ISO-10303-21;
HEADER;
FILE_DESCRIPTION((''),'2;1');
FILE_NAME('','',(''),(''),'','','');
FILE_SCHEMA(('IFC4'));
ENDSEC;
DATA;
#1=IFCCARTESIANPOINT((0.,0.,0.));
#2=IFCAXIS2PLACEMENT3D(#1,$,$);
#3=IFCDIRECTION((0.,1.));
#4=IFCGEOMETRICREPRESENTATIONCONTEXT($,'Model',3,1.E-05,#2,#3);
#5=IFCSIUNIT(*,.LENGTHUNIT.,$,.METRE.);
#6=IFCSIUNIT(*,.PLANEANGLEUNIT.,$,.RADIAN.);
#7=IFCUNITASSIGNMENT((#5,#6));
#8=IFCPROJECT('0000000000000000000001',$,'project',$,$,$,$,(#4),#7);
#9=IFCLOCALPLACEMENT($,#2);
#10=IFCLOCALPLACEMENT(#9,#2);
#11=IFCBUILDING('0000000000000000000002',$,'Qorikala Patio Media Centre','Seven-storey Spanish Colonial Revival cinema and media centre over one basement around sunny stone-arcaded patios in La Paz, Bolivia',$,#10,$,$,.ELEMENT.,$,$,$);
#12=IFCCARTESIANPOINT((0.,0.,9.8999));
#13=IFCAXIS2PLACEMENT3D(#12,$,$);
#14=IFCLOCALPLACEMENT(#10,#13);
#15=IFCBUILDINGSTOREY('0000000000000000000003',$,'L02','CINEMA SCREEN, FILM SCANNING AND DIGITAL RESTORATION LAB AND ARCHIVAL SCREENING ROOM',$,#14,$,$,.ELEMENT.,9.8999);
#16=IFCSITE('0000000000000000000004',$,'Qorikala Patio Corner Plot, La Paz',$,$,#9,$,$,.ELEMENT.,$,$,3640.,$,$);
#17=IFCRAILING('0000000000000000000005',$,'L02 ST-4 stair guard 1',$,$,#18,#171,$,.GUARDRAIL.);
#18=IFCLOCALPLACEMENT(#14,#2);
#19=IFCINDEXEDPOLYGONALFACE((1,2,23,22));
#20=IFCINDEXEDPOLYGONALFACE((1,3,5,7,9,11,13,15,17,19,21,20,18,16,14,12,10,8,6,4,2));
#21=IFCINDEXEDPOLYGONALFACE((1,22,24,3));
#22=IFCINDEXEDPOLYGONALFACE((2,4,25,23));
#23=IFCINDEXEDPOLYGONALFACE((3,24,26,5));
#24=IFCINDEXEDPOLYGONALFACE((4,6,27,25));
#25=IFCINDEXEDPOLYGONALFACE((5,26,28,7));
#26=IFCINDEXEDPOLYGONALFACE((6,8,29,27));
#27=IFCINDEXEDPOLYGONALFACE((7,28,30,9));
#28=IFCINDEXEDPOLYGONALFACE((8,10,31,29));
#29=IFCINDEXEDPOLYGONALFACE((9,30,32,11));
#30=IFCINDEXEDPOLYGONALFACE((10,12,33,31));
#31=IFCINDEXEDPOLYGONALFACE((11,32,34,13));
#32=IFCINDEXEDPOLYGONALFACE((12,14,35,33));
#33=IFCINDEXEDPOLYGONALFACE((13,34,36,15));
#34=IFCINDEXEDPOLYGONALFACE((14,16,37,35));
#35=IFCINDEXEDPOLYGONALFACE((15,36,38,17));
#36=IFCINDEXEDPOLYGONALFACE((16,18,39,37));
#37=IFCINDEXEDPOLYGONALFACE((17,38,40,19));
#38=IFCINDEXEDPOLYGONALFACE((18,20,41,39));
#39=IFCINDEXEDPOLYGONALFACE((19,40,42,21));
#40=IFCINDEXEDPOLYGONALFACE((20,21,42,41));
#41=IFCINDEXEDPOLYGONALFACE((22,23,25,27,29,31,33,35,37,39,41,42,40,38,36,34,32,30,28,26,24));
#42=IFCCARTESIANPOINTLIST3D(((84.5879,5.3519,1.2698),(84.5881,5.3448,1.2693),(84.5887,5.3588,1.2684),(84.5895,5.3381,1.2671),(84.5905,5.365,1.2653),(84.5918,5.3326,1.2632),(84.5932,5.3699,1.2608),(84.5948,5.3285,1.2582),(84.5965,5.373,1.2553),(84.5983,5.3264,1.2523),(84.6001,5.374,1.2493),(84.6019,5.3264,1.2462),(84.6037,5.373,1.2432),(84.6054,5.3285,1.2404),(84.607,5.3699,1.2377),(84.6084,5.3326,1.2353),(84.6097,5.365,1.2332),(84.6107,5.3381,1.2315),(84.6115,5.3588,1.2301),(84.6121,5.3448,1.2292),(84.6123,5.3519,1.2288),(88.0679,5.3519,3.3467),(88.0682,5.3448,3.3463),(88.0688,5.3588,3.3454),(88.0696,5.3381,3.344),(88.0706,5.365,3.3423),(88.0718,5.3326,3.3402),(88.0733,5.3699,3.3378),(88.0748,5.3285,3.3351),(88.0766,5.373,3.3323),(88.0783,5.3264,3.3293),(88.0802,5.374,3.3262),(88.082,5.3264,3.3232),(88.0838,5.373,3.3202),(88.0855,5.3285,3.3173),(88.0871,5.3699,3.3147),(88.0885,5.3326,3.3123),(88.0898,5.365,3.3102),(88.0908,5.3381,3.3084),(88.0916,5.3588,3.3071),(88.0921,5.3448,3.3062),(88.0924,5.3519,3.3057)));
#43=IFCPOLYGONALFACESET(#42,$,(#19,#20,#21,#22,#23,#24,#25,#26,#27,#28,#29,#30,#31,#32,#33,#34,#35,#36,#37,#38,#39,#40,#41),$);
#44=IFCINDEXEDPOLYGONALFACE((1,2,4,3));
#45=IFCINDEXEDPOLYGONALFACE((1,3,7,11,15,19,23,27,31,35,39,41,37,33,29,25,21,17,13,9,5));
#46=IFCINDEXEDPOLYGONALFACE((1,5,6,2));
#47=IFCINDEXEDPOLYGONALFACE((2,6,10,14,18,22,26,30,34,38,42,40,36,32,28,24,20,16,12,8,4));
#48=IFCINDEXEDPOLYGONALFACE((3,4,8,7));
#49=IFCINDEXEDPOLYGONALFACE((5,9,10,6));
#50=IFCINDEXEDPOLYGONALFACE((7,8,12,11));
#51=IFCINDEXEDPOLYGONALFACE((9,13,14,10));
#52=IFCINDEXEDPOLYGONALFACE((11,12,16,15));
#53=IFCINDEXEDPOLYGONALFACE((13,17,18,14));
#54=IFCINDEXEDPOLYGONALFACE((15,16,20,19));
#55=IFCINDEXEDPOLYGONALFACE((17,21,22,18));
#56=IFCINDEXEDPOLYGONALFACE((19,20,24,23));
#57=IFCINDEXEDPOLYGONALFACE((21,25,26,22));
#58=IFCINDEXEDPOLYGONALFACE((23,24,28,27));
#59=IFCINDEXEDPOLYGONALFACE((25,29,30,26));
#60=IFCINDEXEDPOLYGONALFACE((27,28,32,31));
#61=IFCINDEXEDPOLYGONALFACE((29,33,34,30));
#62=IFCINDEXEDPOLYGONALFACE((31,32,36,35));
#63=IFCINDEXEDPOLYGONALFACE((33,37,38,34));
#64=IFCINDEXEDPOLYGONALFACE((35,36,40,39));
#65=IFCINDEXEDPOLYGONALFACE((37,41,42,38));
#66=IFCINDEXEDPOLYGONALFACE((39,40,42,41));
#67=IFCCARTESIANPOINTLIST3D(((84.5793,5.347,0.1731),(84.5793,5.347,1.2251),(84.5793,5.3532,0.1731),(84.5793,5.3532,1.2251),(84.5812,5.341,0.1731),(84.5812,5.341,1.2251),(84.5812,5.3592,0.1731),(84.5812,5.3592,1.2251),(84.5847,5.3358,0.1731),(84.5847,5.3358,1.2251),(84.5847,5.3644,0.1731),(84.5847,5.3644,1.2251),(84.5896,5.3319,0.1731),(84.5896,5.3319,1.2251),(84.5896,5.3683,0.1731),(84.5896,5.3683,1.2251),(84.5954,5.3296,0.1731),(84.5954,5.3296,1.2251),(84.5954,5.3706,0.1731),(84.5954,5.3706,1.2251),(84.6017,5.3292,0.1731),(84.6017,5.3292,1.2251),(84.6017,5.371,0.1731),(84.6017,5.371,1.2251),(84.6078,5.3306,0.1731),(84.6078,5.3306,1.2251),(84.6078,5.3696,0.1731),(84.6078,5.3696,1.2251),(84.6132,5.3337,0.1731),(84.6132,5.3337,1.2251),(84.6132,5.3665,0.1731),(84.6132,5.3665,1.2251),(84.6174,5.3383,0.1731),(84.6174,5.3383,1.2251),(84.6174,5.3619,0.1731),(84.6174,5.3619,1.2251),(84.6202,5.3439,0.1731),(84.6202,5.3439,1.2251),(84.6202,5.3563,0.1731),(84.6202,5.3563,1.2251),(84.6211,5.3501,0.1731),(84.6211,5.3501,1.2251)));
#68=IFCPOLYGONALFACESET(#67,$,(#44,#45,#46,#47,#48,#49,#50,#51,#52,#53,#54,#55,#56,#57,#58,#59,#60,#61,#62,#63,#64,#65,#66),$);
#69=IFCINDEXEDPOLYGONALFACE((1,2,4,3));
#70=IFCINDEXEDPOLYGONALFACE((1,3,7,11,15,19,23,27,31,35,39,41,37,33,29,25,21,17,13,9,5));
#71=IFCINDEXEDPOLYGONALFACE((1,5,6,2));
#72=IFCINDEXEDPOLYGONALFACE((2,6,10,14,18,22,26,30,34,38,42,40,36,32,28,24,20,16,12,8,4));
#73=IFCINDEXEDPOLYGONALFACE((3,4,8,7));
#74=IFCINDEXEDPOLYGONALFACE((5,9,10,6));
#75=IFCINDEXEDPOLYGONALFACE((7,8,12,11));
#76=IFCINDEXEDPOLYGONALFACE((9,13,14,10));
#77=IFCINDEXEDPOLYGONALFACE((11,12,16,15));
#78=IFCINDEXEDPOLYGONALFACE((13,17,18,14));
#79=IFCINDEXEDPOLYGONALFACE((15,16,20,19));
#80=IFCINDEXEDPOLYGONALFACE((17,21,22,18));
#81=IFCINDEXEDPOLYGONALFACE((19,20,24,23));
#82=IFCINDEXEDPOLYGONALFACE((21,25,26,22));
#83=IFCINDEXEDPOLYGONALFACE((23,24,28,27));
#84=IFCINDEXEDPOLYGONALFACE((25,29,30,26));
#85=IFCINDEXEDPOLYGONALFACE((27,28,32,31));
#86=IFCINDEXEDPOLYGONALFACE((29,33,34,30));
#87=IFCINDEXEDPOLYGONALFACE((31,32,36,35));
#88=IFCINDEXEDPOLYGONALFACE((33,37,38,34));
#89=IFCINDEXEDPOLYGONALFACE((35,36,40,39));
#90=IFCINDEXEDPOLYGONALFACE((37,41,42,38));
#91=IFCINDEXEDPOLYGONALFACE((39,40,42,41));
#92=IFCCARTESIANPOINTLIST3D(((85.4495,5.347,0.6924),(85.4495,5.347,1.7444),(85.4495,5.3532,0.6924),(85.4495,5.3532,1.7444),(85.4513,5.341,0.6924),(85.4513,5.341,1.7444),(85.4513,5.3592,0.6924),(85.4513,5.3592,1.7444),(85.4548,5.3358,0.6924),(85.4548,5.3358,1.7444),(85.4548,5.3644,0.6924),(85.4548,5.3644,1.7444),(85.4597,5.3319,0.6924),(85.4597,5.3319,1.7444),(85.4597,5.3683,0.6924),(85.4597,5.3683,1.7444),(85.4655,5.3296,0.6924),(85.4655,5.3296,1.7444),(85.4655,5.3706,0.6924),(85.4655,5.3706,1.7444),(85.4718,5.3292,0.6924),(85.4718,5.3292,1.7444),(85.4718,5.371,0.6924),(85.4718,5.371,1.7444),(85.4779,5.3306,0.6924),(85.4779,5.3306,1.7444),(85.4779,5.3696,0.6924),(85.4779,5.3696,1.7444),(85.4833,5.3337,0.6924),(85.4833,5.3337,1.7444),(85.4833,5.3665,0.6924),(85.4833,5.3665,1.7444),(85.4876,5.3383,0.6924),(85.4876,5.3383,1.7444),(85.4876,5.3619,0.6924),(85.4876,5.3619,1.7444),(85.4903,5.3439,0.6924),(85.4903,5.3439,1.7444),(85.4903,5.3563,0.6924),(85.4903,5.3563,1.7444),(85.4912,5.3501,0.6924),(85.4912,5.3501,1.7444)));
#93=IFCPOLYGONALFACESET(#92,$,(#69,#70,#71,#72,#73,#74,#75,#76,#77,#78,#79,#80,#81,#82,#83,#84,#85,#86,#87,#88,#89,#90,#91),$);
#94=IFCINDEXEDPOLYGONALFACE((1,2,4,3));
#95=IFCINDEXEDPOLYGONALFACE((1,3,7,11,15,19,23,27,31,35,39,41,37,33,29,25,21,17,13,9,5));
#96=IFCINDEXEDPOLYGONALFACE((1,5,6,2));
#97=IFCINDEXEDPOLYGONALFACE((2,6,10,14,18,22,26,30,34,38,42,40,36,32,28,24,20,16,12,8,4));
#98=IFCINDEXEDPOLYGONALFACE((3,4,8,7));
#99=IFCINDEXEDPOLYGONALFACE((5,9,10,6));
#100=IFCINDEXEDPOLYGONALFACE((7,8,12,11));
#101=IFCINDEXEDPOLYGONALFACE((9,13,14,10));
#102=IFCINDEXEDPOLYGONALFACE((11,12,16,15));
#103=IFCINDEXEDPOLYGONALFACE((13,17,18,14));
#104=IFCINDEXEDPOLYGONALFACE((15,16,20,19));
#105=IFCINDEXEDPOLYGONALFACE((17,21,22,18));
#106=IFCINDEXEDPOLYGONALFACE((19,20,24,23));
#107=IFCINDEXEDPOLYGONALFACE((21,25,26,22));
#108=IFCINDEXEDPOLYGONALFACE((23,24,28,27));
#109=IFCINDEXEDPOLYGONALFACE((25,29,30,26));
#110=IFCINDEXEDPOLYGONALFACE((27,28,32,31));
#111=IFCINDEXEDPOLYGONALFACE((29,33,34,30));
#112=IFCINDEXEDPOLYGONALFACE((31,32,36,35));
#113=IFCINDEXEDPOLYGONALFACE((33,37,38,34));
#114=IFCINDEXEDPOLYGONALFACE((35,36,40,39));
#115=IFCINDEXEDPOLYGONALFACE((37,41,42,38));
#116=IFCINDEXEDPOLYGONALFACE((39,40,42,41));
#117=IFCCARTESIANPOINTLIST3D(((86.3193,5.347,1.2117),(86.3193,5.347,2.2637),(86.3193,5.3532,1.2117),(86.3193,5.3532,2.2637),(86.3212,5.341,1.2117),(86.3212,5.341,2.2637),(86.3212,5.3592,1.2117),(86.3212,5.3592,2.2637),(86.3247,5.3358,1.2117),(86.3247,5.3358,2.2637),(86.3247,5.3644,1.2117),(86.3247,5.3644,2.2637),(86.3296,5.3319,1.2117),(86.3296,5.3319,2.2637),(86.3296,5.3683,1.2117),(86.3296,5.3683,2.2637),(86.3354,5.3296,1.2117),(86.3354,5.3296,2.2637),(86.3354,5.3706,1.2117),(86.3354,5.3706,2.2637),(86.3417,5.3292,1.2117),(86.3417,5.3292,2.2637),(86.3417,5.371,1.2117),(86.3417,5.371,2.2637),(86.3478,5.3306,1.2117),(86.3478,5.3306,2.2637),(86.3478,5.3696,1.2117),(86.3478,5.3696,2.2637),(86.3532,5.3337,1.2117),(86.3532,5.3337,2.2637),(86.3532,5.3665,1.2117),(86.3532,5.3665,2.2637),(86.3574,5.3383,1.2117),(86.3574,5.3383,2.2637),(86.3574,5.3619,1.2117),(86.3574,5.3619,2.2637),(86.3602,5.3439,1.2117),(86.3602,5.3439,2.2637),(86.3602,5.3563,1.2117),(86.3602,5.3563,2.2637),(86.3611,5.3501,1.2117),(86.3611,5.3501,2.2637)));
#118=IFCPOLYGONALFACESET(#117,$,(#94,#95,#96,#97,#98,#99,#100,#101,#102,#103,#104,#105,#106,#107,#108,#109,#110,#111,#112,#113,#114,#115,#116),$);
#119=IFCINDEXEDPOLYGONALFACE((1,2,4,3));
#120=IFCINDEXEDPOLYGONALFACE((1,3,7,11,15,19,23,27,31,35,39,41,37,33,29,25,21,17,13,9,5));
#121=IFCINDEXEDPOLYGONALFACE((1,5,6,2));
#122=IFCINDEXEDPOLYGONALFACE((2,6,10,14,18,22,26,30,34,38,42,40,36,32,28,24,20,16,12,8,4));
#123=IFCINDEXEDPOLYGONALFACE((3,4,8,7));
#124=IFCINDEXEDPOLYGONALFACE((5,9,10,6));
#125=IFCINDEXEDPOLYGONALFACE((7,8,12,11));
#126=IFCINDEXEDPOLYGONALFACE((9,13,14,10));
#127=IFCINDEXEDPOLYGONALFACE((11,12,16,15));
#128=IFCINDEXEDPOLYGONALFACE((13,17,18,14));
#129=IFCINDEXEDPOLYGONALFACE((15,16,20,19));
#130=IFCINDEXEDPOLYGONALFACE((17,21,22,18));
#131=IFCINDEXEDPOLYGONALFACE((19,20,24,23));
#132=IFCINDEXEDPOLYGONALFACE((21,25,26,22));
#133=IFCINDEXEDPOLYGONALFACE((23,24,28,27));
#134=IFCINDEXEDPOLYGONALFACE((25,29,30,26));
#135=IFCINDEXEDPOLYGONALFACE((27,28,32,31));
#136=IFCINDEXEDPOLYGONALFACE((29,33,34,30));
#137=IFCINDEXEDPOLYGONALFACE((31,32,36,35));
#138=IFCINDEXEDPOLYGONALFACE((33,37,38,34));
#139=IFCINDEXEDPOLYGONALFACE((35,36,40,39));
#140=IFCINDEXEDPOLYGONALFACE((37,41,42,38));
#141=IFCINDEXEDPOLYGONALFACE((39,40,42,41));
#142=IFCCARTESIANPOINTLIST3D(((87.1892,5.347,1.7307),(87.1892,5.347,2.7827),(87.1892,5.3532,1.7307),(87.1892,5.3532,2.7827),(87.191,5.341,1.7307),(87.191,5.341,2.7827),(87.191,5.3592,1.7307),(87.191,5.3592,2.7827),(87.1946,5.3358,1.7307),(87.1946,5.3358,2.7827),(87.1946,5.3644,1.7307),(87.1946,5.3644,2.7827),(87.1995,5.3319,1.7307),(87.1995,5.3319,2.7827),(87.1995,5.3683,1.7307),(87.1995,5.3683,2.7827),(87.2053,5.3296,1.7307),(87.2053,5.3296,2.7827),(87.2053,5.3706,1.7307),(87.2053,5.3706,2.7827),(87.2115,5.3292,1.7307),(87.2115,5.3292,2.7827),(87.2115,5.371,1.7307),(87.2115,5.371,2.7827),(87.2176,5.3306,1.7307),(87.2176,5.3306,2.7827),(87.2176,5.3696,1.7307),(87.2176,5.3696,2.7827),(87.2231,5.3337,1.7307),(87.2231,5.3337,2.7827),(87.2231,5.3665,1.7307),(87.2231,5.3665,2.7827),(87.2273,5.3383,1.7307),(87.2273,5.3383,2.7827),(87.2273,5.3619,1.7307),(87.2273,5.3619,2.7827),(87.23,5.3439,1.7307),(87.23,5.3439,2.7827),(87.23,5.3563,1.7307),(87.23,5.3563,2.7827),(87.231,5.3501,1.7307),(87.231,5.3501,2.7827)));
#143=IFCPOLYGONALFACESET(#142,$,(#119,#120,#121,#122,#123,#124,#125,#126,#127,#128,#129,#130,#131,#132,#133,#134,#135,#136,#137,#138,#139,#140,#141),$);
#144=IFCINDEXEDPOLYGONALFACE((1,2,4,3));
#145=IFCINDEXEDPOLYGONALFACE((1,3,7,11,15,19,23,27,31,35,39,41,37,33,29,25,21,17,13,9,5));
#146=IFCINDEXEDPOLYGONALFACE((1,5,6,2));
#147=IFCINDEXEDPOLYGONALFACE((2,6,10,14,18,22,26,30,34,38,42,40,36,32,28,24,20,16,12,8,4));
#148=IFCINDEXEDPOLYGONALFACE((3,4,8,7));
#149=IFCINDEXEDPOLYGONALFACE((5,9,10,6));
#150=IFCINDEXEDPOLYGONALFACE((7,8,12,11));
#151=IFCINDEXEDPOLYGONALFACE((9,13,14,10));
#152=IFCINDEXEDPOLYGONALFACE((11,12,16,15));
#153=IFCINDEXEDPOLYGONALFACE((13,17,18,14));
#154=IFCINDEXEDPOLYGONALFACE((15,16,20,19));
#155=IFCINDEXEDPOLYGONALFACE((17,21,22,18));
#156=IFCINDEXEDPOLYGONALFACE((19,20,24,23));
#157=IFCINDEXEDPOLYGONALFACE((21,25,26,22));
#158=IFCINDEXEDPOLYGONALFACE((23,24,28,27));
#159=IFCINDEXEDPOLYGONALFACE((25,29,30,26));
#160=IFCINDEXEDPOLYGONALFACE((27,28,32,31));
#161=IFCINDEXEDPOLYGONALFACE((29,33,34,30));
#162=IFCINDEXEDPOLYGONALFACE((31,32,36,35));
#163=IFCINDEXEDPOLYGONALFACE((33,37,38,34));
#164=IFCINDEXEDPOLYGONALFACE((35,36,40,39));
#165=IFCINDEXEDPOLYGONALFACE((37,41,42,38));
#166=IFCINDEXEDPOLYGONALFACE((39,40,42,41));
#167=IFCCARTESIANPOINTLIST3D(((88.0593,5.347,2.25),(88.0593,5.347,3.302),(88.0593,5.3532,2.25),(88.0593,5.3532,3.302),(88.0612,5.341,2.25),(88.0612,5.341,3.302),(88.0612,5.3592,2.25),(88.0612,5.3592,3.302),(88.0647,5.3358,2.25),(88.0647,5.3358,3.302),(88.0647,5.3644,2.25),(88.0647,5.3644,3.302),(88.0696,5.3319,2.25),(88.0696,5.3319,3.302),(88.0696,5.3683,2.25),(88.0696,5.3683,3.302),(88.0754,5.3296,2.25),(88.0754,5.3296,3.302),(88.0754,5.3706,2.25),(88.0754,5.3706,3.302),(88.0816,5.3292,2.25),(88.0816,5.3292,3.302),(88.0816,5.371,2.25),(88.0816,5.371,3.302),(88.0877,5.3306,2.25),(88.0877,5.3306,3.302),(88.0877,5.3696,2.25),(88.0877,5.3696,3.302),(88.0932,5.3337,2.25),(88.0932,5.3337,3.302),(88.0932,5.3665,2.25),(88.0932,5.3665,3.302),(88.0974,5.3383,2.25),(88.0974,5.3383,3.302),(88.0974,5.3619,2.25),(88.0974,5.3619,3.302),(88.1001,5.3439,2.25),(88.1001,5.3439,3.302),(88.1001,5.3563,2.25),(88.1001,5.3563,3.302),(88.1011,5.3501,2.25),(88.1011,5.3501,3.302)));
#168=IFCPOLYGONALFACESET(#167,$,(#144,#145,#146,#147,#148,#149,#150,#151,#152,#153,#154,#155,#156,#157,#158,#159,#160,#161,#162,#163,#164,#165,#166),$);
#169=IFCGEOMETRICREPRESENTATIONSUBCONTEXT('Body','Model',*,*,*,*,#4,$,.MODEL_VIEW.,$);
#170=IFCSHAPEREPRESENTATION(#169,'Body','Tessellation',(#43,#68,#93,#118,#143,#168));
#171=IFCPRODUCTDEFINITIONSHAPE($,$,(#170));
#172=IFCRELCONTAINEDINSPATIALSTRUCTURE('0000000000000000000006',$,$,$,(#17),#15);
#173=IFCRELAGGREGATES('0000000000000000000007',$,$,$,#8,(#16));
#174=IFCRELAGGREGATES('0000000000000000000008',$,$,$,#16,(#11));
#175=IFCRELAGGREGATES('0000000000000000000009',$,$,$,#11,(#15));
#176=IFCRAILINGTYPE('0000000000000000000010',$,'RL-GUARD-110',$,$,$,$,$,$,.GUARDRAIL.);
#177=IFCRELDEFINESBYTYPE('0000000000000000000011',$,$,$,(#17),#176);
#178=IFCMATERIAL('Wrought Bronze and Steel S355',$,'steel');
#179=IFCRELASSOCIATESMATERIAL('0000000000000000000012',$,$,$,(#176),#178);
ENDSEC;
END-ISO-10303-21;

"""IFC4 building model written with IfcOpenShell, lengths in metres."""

from ifc_helpers import new_model, si_unit, direction, frame, origin, origin_2d, place, context, subcontext, project, spatial, circle, extrude, material, type_object, element, save


model = new_model("IFC4")

# Units and contexts
model_context = context("Model", 3, precision=1e-05, world=origin(), true_north=direction((0.0, 1.0)))
body_context = subcontext(model_context, "Body", "Model", "MODEL_VIEW")
ifc_project = project(units=[si_unit("LENGTHUNIT", "METRE"), si_unit("PLANEANGLEUNIT", "RADIAN")], contexts=[model_context])

# Site, building, storey
site_placement = place(None, origin())
site = spatial("IfcSite", under=ifc_project, at=site_placement, Name="Qorikala Patio Corner Plot, La Paz", CompositionType="ELEMENT", RefElevation=3640.0)
building_placement = place(site_placement, origin())
building = spatial("IfcBuilding", under=site, at=building_placement, Name="Qorikala Patio Media Centre", Description="Seven-storey Spanish Colonial Revival cinema and media centre over one basement around sunny stone-arcaded patios in La Paz, Bolivia", CompositionType="ELEMENT")
storey_placement = place(building_placement, frame((0.0, 0.0, 9.8999)))
storey = spatial("IfcBuildingStorey", under=building, at=storey_placement, Name="L02", Description="CINEMA SCREEN, FILM SCANNING AND DIGITAL RESTORATION LAB AND ARCHIVAL SCREENING ROOM", CompositionType="ELEMENT", Elevation=9.8999)

# Railing
ifc_material_1 = material(Name="Wrought Bronze and Steel S355", Category="steel")
railing_type_1 = type_object("IfcRailingType", Name="RL-GUARD-110", PredefinedType="GUARDRAIL", material=ifc_material_1)
railing_1_placement = place(storey_placement, frame((84.6001, 5.3501, 0.1731)))
element("IfcRailing", 1, at=railing_1_placement, inside=storey, type_object=railing_type_1, Name="L02 ST-4 stair guard 1", PredefinedType="GUARDRAIL", context=body_context, shape_type="SweptSolid", body=[
    extrude(circle(Radius=0.0239, at=origin_2d()), frame((0.0, 0.0, 1.0762), z_axis=(0.858697, 0.0, 0.512483), x_axis=(0.0, 1.0, 0.0)), (0.0, 0.0, 1.0), 4.0527),
    extrude(circle(Radius=0.021, at=origin_2d()), origin(), (0.0, 0.0, 1.0), 1.052),
    extrude(circle(Radius=0.021, at=origin_2d()), frame((0.8701, 0.0, 0.5193)), (0.0, 0.0, 1.0), 1.052),
    extrude(circle(Radius=0.021, at=origin_2d()), frame((1.74, 0.0, 1.0386)), (0.0, 0.0, 1.0), 1.052),
    extrude(circle(Radius=0.021, at=origin_2d()), frame((2.6099, 0.0, 1.5576)), (0.0, 0.0, 1.0), 1.052),
    extrude(circle(Radius=0.021, at=origin_2d()), frame((3.48, 0.0, 2.0769)), (0.0, 0.0, 1.0), 1.052),
])

save(model, "model.ifc")
